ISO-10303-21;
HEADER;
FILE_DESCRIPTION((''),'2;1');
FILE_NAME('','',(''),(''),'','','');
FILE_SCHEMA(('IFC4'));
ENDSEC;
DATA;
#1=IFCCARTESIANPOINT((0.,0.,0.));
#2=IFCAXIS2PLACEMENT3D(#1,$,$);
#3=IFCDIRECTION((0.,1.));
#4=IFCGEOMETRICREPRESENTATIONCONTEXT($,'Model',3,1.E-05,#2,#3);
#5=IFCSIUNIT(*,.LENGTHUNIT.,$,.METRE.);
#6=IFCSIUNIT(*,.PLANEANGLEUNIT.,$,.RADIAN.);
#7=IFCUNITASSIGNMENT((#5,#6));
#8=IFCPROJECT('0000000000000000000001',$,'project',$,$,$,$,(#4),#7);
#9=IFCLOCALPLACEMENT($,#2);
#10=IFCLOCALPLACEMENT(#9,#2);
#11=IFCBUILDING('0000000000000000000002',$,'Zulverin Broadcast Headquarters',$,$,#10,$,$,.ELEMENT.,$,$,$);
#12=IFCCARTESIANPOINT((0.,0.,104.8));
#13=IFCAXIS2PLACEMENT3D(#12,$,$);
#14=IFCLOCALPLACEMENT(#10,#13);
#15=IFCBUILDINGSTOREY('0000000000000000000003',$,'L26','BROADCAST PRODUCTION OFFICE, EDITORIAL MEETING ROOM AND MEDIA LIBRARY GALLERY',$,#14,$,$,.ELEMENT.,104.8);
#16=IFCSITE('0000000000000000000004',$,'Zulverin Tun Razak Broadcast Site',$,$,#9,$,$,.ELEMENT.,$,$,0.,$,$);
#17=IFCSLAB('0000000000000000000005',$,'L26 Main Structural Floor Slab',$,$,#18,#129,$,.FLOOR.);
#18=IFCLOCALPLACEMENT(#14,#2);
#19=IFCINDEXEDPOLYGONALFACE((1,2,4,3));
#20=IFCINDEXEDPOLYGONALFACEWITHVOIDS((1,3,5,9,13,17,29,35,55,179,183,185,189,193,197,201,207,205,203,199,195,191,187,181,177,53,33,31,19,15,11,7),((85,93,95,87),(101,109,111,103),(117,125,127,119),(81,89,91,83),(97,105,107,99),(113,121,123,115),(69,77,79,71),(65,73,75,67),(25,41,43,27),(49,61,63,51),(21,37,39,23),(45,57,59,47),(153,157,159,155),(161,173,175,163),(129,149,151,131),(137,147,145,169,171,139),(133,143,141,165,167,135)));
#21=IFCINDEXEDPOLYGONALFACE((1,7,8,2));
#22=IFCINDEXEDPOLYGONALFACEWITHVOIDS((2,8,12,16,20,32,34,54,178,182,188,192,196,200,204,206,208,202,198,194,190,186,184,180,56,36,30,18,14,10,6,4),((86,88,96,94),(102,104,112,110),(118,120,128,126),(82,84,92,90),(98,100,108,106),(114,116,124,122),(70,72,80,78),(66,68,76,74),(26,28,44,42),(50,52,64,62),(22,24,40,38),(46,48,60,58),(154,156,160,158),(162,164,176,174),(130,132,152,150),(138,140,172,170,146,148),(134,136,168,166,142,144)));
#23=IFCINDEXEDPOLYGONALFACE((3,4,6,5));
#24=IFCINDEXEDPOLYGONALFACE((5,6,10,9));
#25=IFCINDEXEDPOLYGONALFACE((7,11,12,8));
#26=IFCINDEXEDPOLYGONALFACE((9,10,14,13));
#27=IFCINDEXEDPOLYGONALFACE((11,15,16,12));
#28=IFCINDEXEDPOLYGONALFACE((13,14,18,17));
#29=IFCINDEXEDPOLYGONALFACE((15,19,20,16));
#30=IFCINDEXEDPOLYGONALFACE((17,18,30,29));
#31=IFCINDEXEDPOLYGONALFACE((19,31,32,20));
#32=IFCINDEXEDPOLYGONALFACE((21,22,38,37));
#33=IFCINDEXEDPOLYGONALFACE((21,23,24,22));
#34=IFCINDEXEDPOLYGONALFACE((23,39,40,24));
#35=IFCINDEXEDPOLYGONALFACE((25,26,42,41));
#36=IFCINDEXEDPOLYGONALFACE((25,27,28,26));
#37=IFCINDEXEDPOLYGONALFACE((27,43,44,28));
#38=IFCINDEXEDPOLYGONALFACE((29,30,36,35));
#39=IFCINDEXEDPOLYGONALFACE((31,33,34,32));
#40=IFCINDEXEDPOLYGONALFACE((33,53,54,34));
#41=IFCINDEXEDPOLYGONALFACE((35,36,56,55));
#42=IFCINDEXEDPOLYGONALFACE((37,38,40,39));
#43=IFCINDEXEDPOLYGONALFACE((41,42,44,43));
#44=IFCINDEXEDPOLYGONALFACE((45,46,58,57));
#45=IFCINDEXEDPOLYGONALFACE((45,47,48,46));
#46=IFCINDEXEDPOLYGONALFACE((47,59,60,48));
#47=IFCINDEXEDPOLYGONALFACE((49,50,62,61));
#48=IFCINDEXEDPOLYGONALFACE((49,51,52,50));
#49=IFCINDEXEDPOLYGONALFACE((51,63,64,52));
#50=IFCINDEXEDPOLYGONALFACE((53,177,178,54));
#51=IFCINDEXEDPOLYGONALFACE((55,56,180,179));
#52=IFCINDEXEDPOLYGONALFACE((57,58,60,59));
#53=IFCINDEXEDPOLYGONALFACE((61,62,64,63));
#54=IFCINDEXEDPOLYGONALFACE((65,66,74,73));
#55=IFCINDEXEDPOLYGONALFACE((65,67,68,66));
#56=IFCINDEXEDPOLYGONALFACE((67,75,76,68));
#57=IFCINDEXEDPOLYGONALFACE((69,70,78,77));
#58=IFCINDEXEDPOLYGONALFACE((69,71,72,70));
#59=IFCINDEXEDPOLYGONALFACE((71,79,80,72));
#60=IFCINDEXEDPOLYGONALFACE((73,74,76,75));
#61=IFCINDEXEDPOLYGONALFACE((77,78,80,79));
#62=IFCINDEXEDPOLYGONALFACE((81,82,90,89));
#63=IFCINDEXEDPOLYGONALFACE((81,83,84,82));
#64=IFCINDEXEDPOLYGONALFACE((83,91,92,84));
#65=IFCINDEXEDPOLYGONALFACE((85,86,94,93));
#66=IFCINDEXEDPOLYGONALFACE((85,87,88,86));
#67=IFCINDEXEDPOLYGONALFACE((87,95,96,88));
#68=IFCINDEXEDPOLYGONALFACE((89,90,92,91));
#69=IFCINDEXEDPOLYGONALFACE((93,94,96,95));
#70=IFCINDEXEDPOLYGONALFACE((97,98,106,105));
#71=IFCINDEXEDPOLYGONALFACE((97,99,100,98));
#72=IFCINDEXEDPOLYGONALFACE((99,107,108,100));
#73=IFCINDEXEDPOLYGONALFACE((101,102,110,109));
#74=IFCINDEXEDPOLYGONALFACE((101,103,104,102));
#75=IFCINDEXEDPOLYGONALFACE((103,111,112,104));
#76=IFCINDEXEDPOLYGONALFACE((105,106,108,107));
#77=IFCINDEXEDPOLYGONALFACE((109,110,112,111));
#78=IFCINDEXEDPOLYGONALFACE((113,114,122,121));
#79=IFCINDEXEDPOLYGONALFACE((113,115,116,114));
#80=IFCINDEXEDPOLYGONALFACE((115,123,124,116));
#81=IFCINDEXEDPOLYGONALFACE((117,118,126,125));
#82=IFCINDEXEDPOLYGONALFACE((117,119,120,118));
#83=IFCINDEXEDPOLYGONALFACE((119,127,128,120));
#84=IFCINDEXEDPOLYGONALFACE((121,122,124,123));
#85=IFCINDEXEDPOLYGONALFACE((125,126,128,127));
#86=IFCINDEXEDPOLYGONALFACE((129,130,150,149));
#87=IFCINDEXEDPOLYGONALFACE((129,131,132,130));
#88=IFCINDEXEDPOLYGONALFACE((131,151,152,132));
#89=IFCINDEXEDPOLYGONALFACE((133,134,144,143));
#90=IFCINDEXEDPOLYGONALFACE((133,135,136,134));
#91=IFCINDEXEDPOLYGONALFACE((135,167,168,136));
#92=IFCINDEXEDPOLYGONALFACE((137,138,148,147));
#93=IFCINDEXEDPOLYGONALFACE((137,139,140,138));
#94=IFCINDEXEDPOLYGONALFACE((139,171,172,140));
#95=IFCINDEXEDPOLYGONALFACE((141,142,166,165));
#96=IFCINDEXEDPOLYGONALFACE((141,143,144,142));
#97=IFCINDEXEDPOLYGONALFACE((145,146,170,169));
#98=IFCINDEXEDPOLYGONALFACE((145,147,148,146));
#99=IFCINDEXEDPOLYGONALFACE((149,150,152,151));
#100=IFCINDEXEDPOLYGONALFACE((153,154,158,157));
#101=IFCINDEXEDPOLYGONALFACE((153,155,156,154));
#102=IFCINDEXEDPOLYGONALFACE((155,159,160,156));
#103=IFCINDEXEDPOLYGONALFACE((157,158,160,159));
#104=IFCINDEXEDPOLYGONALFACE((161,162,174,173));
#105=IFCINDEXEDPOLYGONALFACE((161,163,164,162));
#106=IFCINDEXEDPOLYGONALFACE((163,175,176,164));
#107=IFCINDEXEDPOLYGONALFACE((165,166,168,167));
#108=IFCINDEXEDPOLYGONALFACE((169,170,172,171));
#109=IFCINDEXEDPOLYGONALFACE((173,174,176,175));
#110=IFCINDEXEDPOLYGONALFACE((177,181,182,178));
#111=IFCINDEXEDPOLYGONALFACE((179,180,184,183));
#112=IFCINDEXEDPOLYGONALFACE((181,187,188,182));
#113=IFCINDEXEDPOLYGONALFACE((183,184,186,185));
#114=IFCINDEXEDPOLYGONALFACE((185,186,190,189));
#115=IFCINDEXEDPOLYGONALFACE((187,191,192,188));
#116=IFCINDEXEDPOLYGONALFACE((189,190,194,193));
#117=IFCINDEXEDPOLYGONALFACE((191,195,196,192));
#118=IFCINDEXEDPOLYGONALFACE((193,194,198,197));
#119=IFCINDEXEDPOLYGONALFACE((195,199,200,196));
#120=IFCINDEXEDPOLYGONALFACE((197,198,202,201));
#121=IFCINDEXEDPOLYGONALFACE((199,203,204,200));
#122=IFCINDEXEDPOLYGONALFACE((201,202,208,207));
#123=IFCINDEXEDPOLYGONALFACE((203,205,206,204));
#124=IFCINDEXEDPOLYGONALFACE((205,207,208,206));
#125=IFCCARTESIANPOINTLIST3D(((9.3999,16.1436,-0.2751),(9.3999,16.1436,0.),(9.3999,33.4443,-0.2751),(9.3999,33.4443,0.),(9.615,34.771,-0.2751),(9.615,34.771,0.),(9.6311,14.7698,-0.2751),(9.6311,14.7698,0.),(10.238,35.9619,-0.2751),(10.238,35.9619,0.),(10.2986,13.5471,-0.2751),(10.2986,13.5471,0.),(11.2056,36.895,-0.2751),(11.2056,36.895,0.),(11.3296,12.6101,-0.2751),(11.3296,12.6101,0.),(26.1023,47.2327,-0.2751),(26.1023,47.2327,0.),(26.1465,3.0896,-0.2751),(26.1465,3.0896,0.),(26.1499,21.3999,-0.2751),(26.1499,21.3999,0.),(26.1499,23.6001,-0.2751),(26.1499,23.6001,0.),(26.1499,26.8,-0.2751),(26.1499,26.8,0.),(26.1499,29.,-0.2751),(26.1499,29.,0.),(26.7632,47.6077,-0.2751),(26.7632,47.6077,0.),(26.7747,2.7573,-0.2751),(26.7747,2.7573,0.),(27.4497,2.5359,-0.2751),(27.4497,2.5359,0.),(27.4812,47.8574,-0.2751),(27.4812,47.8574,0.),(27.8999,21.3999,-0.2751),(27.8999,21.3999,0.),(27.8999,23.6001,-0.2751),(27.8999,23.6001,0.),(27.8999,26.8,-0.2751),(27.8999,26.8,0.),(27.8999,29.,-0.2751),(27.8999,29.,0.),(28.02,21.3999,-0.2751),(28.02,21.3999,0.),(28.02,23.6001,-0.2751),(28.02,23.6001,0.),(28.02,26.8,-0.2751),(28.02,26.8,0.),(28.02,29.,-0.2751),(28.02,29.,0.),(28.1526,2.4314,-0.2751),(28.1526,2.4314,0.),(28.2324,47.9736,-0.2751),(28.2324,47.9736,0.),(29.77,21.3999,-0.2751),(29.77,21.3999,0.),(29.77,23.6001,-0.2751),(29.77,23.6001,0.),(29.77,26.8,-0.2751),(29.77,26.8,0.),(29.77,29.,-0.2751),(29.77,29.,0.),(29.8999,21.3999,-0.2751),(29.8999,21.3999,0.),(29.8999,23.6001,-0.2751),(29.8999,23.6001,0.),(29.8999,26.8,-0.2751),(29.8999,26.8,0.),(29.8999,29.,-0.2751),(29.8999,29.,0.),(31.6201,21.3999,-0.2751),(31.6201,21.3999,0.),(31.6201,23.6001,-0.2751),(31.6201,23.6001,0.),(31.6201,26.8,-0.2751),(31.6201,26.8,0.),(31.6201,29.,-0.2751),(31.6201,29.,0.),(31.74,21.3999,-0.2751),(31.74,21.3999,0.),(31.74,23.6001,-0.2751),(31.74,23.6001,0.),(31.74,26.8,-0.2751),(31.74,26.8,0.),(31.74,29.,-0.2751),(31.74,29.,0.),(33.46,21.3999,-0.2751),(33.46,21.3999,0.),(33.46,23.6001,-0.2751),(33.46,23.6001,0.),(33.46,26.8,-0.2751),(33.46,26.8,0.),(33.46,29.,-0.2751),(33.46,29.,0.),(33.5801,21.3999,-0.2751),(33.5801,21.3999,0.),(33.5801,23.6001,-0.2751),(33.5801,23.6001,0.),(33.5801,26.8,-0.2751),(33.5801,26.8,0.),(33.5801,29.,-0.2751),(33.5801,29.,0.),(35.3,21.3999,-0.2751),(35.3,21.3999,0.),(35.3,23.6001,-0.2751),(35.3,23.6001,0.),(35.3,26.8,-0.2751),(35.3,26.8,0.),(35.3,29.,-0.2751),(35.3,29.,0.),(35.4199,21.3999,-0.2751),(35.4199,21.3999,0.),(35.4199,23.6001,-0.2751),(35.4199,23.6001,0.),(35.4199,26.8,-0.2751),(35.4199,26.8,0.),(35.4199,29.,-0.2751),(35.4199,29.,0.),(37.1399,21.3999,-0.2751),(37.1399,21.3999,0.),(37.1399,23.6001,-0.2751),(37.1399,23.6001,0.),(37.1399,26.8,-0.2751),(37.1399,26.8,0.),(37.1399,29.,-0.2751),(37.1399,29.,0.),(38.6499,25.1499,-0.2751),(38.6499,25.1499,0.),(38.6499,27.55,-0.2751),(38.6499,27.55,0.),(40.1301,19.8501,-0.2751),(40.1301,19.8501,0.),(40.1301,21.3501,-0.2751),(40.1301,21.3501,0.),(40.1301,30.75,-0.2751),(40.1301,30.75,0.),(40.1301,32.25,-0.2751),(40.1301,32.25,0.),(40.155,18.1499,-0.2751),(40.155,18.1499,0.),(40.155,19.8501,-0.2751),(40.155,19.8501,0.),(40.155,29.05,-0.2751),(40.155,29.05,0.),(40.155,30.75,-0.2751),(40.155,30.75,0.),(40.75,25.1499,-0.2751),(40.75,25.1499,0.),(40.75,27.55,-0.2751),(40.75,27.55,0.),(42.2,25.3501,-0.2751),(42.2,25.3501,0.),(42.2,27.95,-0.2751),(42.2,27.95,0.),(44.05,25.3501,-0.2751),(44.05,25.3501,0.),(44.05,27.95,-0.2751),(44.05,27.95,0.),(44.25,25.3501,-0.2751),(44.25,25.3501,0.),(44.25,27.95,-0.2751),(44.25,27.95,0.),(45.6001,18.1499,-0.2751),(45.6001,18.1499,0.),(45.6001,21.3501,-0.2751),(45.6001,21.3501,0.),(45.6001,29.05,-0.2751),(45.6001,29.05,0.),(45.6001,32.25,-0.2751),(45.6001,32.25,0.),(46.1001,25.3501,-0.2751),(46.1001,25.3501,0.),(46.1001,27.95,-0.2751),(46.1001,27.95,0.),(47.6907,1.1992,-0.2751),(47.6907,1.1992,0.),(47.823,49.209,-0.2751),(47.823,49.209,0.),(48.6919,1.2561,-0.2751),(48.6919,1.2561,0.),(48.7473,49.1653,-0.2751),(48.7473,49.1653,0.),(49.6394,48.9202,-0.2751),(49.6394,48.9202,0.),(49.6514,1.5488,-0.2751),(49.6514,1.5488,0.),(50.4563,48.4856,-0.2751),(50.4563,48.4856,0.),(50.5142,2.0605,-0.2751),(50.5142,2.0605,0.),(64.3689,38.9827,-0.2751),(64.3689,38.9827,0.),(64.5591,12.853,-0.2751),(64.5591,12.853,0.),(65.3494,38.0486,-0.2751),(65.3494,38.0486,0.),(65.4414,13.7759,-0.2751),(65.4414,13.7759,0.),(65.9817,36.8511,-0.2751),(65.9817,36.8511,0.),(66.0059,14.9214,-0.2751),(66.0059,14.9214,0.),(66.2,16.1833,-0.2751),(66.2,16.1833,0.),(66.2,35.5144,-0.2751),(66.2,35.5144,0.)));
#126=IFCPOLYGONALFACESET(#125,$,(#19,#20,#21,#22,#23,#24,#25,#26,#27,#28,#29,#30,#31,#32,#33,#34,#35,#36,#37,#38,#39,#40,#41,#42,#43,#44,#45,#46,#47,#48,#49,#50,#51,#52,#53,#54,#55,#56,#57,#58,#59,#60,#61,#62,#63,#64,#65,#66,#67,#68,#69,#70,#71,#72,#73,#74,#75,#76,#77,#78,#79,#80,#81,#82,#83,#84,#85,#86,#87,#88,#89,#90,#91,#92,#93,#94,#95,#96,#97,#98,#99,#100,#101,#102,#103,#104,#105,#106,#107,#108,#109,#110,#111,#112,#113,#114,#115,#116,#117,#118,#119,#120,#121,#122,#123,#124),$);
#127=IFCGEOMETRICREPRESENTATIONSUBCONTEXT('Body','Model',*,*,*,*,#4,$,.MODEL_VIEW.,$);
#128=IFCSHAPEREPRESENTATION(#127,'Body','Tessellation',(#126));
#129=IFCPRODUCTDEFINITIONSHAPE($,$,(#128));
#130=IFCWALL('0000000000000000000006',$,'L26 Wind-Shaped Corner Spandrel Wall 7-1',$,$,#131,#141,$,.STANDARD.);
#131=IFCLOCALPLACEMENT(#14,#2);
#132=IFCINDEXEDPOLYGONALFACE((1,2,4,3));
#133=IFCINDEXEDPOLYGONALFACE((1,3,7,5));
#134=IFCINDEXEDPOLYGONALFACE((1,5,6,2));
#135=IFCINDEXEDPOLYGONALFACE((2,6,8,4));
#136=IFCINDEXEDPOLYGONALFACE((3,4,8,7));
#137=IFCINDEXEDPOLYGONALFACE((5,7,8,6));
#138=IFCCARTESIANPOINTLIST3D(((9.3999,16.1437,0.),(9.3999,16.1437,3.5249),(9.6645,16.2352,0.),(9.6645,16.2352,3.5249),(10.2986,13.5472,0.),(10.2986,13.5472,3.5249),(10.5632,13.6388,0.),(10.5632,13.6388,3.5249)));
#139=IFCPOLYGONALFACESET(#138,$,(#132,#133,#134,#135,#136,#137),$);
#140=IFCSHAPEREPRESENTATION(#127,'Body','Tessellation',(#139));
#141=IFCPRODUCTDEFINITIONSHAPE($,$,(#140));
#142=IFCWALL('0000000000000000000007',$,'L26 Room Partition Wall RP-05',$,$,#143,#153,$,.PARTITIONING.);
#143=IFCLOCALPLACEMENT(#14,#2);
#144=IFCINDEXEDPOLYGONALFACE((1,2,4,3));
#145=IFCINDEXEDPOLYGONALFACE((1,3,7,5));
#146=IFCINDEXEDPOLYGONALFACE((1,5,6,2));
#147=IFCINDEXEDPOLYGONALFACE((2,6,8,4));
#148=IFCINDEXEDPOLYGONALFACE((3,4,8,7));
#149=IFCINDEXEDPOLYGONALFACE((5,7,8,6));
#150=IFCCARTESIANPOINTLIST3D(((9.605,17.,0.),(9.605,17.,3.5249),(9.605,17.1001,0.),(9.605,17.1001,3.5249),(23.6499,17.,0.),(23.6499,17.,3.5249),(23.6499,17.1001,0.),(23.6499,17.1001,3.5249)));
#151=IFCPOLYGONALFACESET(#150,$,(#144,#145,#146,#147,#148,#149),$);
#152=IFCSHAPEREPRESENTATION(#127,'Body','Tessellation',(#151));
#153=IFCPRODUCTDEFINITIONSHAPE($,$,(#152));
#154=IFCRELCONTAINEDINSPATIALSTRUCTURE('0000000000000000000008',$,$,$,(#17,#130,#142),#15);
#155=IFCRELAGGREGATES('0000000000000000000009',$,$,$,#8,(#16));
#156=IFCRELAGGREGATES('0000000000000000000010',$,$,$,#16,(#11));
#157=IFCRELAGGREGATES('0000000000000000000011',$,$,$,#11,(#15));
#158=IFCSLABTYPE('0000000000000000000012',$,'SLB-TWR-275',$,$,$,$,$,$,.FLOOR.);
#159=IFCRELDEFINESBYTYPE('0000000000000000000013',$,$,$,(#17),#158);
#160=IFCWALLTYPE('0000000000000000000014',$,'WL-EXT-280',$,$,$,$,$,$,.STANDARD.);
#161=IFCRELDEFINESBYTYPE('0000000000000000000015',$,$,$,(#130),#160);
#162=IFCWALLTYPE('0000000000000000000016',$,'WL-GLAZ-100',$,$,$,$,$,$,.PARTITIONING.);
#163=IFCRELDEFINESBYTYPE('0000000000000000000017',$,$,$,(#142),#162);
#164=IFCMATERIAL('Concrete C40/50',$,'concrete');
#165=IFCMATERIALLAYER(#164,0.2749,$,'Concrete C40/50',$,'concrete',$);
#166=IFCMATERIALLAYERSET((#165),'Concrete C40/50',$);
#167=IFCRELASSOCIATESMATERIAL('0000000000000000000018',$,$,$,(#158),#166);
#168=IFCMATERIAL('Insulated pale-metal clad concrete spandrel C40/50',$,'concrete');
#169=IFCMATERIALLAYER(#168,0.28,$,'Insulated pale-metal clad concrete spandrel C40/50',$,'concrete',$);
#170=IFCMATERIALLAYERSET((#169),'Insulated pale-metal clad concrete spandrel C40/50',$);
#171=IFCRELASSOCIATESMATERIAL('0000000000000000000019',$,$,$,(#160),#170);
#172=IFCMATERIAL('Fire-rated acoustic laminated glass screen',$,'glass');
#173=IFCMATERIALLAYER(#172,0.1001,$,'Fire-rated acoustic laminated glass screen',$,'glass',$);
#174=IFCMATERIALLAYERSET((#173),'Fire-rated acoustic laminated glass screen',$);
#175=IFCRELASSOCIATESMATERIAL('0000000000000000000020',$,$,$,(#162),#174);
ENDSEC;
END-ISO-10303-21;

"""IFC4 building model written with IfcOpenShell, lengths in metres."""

from ifc_helpers import new_model, si_unit, direction, frame, frame_2d, origin, place, context, subcontext, project, spatial, polyline, rectangle, outline, extrude, material, layer, layer_set, type_object, element, save


model = new_model("IFC4")

# Units and contexts
model_context = context("Model", 3, precision=1e-05, world=origin(), true_north=direction((0.0, 1.0)))
body_context = subcontext(model_context, "Body", "Model", "MODEL_VIEW")
ifc_project = project(units=[si_unit("LENGTHUNIT", "METRE"), si_unit("PLANEANGLEUNIT", "RADIAN")], contexts=[model_context])

# Site, building, storey
site_placement = place(None, origin())
site = spatial("IfcSite", under=ifc_project, at=site_placement, Name="Zulverin Tun Razak Broadcast Site", CompositionType="ELEMENT", RefElevation=0.0)
building_placement = place(site_placement, origin())
building = spatial("IfcBuilding", under=site, at=building_placement, Name="Zulverin Broadcast Headquarters", CompositionType="ELEMENT")
storey_placement = place(building_placement, frame((0.0, 0.0, 104.8)))
storey = spatial("IfcBuildingStorey", under=building, at=storey_placement, Name="L26", Description="BROADCAST PRODUCTION OFFICE, EDITORIAL MEETING ROOM AND MEDIA LIBRARY GALLERY", CompositionType="ELEMENT", Elevation=104.8)

# Shared definitions
ifc_material_1 = material(Name="Concrete C40/50", Category="concrete")

# Slab
ifc_layer_1 = layer(ifc_material_1, 0.2749, Name="Concrete C40/50", Category="concrete")
ifc_layer_set_1 = layer_set([ifc_layer_1], Name="Concrete C40/50")
slab_type_1 = type_object("IfcSlabType", Name="SLB-TWR-275", PredefinedType="FLOOR", material=ifc_layer_set_1)
slab_1_placement = place(storey_placement, frame((0.0, 0.0, -0.2751)))
element("IfcSlab", 1, at=slab_1_placement, inside=storey, type_object=slab_type_1, Name="L26 Main Structural Floor Slab", PredefinedType="FLOOR", context=body_context, shape_type="SweptSolid", body=[
    extrude(outline(polyline([(26.1465, 3.0896), (26.7747, 2.7573), (27.4497, 2.5359), (28.1526, 2.4314), (47.6907, 1.1992), (48.6919, 1.2561), (49.6514, 1.5488), (50.5142, 2.0605), (64.5591, 12.853), (65.4414, 13.7759), (66.0059, 14.9214), (66.2, 16.1833), (66.2, 35.5144), (65.9817, 36.8511), (65.3494, 38.0486), (64.3689, 38.9827), (50.4563, 48.4856), (49.6394, 48.9202), (48.7473, 49.1653), (47.823, 49.209), (28.2324, 47.9736), (27.4812, 47.8574), (26.7632, 47.6077), (26.1023, 47.2327), (11.2056, 36.895), (10.238, 35.9619), (9.615, 34.771), (9.3999, 33.4443), (9.3999, 16.1436), (9.6311, 14.7698), (10.2986, 13.5471), (11.3296, 12.6101), (26.1465, 3.0896)]), holes=[polyline([(40.155, 30.75), (40.1301, 30.75), (40.1301, 32.25), (45.6001, 32.25), (45.6001, 29.05), (40.155, 29.05), (40.155, 30.75)]), polyline([(40.155, 19.8501), (40.1301, 19.8501), (40.1301, 21.3501), (45.6001, 21.3501), (45.6001, 18.1499), (40.155, 18.1499), (40.155, 19.8501)]), polyline([(26.1499, 26.8), (27.8999, 26.8), (27.8999, 29.0), (26.1499, 29.0), (26.1499, 26.8)]), polyline([(28.02, 26.8), (29.77, 26.8), (29.77, 29.0), (28.02, 29.0), (28.02, 26.8)]), polyline([(26.1499, 21.3999), (27.8999, 21.3999), (27.8999, 23.6001), (26.1499, 23.6001), (26.1499, 21.3999)]), polyline([(28.02, 21.3999), (29.77, 21.3999), (29.77, 23.6001), (28.02, 23.6001), (28.02, 21.3999)]), polyline([(29.8999, 21.3999), (31.6201, 21.3999), (31.6201, 23.6001), (29.8999, 23.6001), (29.8999, 21.3999)]), polyline([(31.74, 21.3999), (33.46, 21.3999), (33.46, 23.6001), (31.74, 23.6001), (31.74, 21.3999)]), polyline([(33.5801, 21.3999), (35.3, 21.3999), (35.3, 23.6001), (33.5801, 23.6001), (33.5801, 21.3999)]), polyline([(35.4199, 21.3999), (37.1399, 21.3999), (37.1399, 23.6001), (35.4199, 23.6001), (35.4199, 21.3999)]), polyline([(29.8999, 26.8), (31.6201, 26.8), (31.6201, 29.0), (29.8999, 29.0), (29.8999, 26.8)]), polyline([(31.74, 26.8), (33.46, 26.8), (33.46, 29.0), (31.74, 29.0), (31.74, 26.8)]), polyline([(33.5801, 26.8), (35.3, 26.8), (35.3, 29.0), (33.5801, 29.0), (33.5801, 26.8)]), polyline([(35.4199, 26.8), (37.1399, 26.8), (37.1399, 29.0), (35.4199, 29.0), (35.4199, 26.8)]), polyline([(42.2, 25.3501), (44.05, 25.3501), (44.05, 27.95), (42.2, 27.95), (42.2, 25.3501)]), polyline([(44.25, 25.3501), (46.1001, 25.3501), (46.1001, 27.95), (44.25, 27.95), (44.25, 25.3501)]), polyline([(38.6499, 25.1499), (40.75, 25.1499), (40.75, 27.55), (38.6499, 27.55), (38.6499, 25.1499)])]), origin(), (0.0, 0.0, 1.0), 0.2751),
])

# Walls
ifc_material_2 = material(Name="Insulated pale-metal clad concrete spandrel C40/50", Category="concrete")
ifc_layer_2 = layer(ifc_material_2, 0.28, Name="Insulated pale-metal clad concrete spandrel C40/50", Category="concrete")
ifc_layer_set_2 = layer_set([ifc_layer_2], Name="Insulated pale-metal clad concrete spandrel C40/50")
wall_type_1 = type_object("IfcWallType", Name="WL-EXT-280", PredefinedType="STANDARD", material=ifc_layer_set_2)
wall_1_placement = place(storey_placement, frame((9.5322, 16.1895, 0.0), z_axis=(0.0, 0.0, 1.0), x_axis=(0.327083, -0.944996, 0.0)))
element("IfcWall", 2, at=wall_1_placement, inside=storey, type_object=wall_type_1, Name="L26 Wind-Shaped Corner Spandrel Wall 7-1", PredefinedType="STANDARD", context=body_context, shape_type="SweptSolid", body=[
    extrude(rectangle(XDim=2.7476, YDim=0.28, at=frame_2d((1.3738, 0.0))), origin(), (0.0, 0.0, 1.0), 3.5249),
])
ifc_material_3 = material(Name="Fire-rated acoustic laminated glass screen", Category="glass")
ifc_layer_3 = layer(ifc_material_3, 0.1001, Name="Fire-rated acoustic laminated glass screen", Category="glass")
ifc_layer_set_3 = layer_set([ifc_layer_3], Name="Fire-rated acoustic laminated glass screen")
wall_type_2 = type_object("IfcWallType", Name="WL-GLAZ-100", PredefinedType="PARTITIONING", material=ifc_layer_set_3)
wall_2_placement = place(storey_placement, frame((9.605, 17.05, 0.0), z_axis=(0.0, 0.0, 1.0), x_axis=(1.0, 0.0, 0.0)))
element("IfcWall", 3, at=wall_2_placement, inside=storey, type_object=wall_type_2, Name="L26 Room Partition Wall RP-05", PredefinedType="PARTITIONING", context=body_context, shape_type="SweptSolid", body=[
    extrude(rectangle(XDim=14.0449, YDim=0.1001, at=frame_2d((7.0225, 0.0))), origin(), (0.0, 0.0, 1.0), 3.5249),
])

save(model, "model.ifc")
